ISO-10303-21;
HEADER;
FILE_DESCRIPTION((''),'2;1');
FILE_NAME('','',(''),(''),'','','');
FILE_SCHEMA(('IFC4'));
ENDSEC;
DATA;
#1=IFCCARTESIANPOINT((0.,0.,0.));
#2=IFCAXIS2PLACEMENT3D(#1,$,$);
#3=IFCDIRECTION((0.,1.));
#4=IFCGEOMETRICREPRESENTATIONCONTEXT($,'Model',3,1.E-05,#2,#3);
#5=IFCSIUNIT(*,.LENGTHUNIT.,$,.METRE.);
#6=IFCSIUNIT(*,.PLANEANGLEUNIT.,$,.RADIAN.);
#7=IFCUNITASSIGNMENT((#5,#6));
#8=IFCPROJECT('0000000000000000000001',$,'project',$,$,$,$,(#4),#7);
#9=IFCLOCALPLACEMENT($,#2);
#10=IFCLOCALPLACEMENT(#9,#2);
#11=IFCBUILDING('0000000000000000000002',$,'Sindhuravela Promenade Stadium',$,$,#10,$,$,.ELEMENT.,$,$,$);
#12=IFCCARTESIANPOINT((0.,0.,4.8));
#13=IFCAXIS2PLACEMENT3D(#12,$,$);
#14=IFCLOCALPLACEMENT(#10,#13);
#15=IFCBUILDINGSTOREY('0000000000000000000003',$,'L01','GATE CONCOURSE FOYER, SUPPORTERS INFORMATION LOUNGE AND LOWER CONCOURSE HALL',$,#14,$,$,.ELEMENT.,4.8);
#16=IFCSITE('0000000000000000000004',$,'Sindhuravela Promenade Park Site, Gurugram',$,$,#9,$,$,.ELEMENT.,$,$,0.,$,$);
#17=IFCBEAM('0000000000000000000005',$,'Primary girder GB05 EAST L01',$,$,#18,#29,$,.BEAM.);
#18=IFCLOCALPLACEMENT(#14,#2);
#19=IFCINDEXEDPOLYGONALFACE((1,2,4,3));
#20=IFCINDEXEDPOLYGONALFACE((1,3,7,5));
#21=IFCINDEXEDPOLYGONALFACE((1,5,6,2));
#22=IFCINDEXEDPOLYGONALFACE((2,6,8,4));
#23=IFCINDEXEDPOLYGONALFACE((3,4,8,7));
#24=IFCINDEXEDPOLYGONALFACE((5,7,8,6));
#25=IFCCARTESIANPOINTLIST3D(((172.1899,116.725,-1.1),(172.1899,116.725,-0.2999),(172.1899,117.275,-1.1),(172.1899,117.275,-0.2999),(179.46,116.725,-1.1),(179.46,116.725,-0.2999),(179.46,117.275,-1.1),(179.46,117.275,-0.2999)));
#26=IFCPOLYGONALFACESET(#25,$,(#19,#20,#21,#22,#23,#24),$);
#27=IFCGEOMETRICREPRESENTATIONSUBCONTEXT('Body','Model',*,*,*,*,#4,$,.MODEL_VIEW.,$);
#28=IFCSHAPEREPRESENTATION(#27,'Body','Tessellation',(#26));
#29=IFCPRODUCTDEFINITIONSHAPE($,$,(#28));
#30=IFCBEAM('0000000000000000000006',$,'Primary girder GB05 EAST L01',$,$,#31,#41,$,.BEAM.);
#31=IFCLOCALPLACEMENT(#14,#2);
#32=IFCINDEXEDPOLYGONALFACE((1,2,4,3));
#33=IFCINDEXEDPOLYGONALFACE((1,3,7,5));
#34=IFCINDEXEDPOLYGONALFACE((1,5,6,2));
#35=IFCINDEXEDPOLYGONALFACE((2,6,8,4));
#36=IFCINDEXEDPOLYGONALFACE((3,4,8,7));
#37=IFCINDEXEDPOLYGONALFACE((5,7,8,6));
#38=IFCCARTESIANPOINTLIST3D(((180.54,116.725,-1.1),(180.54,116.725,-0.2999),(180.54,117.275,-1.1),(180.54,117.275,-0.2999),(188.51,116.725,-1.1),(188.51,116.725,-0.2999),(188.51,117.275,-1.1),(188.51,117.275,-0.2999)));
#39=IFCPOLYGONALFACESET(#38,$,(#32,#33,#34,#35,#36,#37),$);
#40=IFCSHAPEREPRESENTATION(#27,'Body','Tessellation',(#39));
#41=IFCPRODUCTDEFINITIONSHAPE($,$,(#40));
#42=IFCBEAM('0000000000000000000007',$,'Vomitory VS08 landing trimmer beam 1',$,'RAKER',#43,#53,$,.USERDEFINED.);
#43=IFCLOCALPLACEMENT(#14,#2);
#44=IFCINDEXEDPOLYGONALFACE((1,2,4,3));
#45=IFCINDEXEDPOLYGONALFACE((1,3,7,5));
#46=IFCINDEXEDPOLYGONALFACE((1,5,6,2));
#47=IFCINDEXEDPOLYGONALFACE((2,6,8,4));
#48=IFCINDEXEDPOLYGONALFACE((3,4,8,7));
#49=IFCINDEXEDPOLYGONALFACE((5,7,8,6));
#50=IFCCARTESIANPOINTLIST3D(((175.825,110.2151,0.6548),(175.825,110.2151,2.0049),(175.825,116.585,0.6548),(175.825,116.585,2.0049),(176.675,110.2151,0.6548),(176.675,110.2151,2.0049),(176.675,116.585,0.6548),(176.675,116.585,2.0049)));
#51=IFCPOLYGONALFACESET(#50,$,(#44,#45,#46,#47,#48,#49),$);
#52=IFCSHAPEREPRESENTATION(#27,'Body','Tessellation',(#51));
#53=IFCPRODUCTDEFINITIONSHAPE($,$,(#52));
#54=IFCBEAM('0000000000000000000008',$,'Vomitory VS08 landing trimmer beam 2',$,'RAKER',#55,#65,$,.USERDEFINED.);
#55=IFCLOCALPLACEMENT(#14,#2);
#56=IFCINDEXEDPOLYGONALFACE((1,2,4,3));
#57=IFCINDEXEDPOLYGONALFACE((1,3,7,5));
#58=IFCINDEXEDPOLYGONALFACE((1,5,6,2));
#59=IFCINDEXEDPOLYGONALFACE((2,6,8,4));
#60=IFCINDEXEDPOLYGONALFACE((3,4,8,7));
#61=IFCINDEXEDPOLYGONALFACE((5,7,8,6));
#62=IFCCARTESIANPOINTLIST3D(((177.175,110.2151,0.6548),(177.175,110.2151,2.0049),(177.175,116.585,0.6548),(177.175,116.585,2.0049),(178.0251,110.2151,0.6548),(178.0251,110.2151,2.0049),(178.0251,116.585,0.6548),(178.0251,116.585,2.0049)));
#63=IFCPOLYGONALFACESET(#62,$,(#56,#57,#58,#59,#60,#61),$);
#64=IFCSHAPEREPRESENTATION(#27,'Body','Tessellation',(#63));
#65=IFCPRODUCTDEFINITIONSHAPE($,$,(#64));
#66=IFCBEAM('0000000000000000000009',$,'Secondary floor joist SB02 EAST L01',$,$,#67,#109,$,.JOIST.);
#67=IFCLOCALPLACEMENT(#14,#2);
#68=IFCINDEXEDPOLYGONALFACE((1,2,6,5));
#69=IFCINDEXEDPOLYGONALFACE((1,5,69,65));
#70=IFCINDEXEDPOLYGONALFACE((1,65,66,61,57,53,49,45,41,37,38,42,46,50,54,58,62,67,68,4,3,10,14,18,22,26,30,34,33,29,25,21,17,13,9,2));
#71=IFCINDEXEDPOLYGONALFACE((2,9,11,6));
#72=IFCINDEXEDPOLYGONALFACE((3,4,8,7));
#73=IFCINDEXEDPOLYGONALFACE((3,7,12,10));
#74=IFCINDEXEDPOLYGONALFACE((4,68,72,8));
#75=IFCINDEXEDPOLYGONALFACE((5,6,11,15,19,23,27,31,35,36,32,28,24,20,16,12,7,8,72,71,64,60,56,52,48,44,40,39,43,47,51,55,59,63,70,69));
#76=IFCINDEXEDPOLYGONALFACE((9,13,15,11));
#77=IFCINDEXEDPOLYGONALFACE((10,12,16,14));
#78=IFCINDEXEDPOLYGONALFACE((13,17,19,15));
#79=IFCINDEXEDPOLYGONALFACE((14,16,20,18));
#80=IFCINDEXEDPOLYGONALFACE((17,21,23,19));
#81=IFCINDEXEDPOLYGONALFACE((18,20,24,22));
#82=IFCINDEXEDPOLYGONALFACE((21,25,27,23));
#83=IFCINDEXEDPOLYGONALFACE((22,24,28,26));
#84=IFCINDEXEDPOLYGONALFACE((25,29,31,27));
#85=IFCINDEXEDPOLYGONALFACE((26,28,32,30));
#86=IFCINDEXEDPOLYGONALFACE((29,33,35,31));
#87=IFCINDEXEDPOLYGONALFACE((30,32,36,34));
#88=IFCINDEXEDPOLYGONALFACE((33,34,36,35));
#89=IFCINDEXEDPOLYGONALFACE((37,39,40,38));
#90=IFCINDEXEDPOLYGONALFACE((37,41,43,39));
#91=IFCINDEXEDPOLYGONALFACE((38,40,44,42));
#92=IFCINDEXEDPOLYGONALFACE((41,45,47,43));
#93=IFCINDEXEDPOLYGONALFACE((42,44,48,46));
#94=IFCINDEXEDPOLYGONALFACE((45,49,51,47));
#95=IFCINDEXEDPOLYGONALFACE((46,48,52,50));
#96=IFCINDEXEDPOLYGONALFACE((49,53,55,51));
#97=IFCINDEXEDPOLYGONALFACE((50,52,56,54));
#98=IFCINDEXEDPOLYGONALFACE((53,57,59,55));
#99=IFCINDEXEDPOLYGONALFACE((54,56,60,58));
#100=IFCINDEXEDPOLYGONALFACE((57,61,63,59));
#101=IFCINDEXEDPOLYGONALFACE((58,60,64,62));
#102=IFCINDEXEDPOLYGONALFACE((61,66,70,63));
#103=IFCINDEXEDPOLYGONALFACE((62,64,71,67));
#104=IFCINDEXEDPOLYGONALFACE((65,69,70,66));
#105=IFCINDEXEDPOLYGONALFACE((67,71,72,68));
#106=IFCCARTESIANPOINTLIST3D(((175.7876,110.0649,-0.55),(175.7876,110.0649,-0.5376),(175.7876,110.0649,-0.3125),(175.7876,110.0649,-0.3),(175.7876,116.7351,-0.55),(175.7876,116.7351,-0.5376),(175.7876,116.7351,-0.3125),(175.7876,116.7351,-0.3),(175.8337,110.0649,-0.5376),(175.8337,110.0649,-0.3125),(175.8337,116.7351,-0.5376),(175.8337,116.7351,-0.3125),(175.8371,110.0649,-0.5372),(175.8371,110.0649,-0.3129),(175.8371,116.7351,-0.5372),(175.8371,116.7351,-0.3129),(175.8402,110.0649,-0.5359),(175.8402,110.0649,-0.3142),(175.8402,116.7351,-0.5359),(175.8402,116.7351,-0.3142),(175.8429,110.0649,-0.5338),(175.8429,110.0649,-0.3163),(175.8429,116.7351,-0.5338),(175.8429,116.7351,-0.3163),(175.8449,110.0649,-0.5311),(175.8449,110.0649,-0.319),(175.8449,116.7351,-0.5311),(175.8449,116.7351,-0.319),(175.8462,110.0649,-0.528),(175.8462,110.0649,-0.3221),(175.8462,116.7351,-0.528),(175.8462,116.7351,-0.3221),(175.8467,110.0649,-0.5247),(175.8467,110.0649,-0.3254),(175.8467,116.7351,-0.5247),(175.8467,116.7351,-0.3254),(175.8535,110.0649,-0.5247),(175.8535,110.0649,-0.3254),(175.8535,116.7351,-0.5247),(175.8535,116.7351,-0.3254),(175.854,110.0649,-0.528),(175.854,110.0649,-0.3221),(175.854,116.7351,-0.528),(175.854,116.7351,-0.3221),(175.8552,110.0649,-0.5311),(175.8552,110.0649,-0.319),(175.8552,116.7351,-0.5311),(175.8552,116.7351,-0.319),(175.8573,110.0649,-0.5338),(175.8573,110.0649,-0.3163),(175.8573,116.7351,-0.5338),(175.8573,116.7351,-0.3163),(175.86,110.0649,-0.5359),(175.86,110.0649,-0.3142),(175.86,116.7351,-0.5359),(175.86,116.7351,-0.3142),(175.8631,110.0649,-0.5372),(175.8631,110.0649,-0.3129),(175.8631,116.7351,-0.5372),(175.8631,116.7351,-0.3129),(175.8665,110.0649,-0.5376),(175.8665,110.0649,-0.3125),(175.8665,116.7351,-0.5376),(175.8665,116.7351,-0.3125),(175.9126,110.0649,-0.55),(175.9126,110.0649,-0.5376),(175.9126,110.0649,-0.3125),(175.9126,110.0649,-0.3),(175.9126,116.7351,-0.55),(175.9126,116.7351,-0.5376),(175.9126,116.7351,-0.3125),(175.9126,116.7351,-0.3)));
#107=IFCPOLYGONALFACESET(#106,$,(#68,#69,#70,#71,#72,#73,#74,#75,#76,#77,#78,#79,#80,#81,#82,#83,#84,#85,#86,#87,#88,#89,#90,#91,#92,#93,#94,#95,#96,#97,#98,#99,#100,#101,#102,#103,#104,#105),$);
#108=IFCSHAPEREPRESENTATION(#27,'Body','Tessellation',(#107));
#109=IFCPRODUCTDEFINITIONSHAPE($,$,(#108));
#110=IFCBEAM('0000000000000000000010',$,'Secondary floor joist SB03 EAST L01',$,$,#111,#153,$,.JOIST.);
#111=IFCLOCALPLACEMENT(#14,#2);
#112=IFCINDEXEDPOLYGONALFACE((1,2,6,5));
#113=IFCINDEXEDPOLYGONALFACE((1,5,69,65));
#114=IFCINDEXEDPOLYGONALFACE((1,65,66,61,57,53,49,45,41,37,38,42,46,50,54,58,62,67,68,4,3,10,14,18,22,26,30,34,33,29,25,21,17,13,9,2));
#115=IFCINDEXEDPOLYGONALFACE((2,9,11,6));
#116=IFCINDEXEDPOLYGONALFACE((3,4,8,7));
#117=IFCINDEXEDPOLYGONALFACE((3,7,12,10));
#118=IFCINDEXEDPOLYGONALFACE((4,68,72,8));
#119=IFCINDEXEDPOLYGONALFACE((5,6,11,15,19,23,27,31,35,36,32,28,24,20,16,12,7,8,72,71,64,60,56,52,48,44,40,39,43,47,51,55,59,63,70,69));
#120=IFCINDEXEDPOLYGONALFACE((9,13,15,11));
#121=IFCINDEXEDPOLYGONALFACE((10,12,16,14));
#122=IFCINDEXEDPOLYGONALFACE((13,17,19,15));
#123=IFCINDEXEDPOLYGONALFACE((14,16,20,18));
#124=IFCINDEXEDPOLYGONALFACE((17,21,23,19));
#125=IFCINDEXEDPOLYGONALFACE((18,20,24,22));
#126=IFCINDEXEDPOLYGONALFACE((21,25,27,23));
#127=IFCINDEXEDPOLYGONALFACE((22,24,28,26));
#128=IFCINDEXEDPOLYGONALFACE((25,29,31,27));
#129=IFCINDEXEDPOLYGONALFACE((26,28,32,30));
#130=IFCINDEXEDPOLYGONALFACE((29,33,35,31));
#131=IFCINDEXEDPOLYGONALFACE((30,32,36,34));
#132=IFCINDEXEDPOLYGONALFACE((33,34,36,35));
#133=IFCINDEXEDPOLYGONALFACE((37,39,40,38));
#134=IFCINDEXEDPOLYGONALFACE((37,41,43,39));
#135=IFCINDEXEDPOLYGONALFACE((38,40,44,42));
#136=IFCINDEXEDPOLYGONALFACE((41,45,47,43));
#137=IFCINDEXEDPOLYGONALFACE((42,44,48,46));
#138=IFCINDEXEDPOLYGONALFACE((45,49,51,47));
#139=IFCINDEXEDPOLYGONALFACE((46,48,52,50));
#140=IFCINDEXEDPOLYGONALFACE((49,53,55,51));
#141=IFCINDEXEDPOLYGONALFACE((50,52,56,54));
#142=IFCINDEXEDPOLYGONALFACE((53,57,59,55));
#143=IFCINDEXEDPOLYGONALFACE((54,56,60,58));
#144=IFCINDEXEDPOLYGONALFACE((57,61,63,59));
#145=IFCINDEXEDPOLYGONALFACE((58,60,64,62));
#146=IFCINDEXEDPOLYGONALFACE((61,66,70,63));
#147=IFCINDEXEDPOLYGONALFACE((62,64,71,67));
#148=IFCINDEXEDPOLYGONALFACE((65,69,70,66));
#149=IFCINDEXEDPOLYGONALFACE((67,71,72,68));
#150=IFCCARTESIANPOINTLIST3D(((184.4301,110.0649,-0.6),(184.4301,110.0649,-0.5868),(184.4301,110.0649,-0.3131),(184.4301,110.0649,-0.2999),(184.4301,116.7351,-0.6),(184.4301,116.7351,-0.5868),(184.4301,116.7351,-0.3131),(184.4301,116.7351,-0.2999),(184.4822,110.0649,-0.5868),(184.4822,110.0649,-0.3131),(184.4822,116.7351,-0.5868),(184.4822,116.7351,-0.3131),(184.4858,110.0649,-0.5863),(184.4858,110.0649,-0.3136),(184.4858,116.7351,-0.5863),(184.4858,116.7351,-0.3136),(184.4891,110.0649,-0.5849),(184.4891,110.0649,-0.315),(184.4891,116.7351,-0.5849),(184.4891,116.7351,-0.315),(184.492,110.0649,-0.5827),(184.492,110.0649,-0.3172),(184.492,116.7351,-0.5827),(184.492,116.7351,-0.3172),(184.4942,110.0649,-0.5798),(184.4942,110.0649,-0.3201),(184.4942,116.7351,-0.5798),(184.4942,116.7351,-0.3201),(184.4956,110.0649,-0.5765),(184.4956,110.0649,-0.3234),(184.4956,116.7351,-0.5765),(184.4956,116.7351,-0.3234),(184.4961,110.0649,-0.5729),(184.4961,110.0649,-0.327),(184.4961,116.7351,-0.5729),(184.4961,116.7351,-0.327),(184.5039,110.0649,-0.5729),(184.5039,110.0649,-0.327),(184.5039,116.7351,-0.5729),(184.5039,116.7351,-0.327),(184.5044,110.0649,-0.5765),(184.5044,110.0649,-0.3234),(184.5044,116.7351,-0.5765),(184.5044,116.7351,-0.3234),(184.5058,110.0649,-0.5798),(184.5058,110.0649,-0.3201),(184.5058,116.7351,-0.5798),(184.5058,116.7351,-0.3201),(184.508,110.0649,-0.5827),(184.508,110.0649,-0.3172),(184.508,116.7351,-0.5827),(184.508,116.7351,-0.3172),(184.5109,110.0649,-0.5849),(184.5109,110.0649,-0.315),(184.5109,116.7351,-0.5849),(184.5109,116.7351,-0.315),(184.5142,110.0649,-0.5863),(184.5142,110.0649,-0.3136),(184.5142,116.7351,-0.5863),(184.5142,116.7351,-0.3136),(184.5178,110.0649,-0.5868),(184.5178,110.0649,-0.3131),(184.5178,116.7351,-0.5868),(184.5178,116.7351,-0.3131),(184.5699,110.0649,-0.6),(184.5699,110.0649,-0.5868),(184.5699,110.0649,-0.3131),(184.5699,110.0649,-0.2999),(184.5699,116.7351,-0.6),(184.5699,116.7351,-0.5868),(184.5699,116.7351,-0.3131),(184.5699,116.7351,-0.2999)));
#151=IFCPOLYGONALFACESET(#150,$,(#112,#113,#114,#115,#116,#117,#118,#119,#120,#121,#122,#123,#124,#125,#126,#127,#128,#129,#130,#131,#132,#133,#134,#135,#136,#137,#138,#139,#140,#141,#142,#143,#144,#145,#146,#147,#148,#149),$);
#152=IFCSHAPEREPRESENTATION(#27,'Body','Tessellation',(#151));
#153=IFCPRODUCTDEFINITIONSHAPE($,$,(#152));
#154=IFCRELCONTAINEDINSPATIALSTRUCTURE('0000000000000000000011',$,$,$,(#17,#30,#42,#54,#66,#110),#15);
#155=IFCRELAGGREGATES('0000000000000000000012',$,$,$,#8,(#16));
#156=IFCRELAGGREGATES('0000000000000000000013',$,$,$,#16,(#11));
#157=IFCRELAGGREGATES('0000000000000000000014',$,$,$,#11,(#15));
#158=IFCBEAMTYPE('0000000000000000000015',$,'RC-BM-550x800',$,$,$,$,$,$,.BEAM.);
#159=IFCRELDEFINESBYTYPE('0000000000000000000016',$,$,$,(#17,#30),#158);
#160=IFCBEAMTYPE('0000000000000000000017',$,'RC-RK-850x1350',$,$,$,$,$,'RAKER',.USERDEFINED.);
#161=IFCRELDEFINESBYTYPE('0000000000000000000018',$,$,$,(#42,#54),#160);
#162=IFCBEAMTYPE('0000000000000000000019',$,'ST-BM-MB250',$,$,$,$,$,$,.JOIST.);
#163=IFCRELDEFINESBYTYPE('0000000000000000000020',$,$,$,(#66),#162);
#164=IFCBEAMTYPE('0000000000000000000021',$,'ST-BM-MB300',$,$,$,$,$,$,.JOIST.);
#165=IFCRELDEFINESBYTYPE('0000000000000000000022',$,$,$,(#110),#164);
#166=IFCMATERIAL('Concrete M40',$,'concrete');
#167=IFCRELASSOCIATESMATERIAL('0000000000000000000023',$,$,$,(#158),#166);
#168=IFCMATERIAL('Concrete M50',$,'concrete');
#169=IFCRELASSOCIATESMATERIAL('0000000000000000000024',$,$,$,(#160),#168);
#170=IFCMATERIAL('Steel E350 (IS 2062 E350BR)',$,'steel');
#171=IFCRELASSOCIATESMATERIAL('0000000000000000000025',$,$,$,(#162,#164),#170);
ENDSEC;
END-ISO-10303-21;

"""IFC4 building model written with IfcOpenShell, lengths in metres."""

from ifc_helpers import new_model, si_unit, direction, frame, origin, origin_2d, place, context, subcontext, project, spatial, rectangle, i_section, extrude, material, material_profile, profile_set, type_object, element, save


model = new_model("IFC4")

# Units and contexts
model_context = context("Model", 3, precision=1e-05, world=origin(), true_north=direction((0.0, 1.0)))
body_context = subcontext(model_context, "Body", "Model", "MODEL_VIEW")
ifc_project = project(units=[si_unit("LENGTHUNIT", "METRE"), si_unit("PLANEANGLEUNIT", "RADIAN")], contexts=[model_context])

# Site, building, storey
site_placement = place(None, origin())
site = spatial("IfcSite", under=ifc_project, at=site_placement, Name="Sindhuravela Promenade Park Site, Gurugram", CompositionType="ELEMENT", RefElevation=0.0)
building_placement = place(site_placement, origin())
building = spatial("IfcBuilding", under=site, at=building_placement, Name="Sindhuravela Promenade Stadium", CompositionType="ELEMENT")
storey_placement = place(building_placement, frame((0.0, 0.0, 4.8)))
storey = spatial("IfcBuildingStorey", under=building, at=storey_placement, Name="L01", Description="GATE CONCOURSE FOYER, SUPPORTERS INFORMATION LOUNGE AND LOWER CONCOURSE HALL", CompositionType="ELEMENT", Elevation=4.8)

# Shared definitions
ifc_material_1 = material(Name="Concrete M50", Category="concrete")
ifc_material_2 = material(Name="Concrete M40", Category="concrete")

# Beams
ifc_material_profile_1 = material_profile(ifc_material_2, rectangle(XDim=0.55, YDim=0.8, at=origin_2d()), Name="RC 550x800")
ifc_profile_set_1 = profile_set([ifc_material_profile_1], Name="Concrete M40")
beam_type_1 = type_object("IfcBeamType", Name="RC-BM-550x800", PredefinedType="BEAM", material=ifc_profile_set_1)
beam_1_placement = place(storey_placement, frame((172.1899, 117.0, -0.7), z_axis=(1.0, 0.0, 0.0), x_axis=(0.0, 1.0, 0.0)))
element("IfcBeam", 1, at=beam_1_placement, inside=storey, type_object=beam_type_1, Name="Primary girder GB05 EAST L01", PredefinedType="BEAM", context=body_context, shape_type="SweptSolid", body=[
    extrude(rectangle(XDim=0.55, YDim=0.8, at=origin_2d()), origin(), (0.0, 0.0, 1.0), 7.27),
])
beam_2_placement = place(storey_placement, frame((180.54, 117.0, -0.7), z_axis=(1.0, 0.0, 0.0), x_axis=(0.0, 1.0, 0.0)))
element("IfcBeam", 2, at=beam_2_placement, inside=storey, type_object=beam_type_1, Name="Primary girder GB05 EAST L01", PredefinedType="BEAM", context=body_context, shape_type="SweptSolid", body=[
    extrude(rectangle(XDim=0.55, YDim=0.8, at=origin_2d()), origin(), (0.0, 0.0, 1.0), 7.97),
])
ifc_material_profile_2 = material_profile(ifc_material_1, rectangle(XDim=0.8501, YDim=1.3501, at=origin_2d()), Name="RC 850x1350")
ifc_profile_set_2 = profile_set([ifc_material_profile_2], Name="Concrete M50")
beam_type_2 = type_object("IfcBeamType", Name="RC-RK-850x1350", ElementType="RAKER", PredefinedType="USERDEFINED", material=ifc_profile_set_2)
for number, where, z_axis, x_axis, name in (
    (3, (176.25, 110.2151, 1.3298), (0.0, 1.0, 0.0), (-1.0, 0.0, 0.0), "Vomitory VS08 landing trimmer beam 1"),
    (4, (177.6001, 110.2151, 1.3298), (0.0, 1.0, 0.0), (-1.0, 0.0, 0.0), "Vomitory VS08 landing trimmer beam 2"),
):
    element("IfcBeam", number, at=place(storey_placement, frame(where, z_axis=z_axis, x_axis=x_axis)), inside=storey, type_object=beam_type_2, Name=name, ObjectType="RAKER", PredefinedType="USERDEFINED", context=body_context, shape_type="SweptSolid", body=[
        extrude(rectangle(XDim=0.8501, YDim=1.3501, at=origin_2d()), origin(), (0.0, 0.0, 1.0), 6.3699),
    ])
ifc_material_3 = material(Name="Steel E350 (IS 2062 E350BR)", Category="steel")
ifc_material_profile_3 = material_profile(ifc_material_3, i_section(OverallWidth=0.125, OverallDepth=0.25, WebThickness=0.0068, FlangeThickness=0.0125, FilletRadius=0.0129, at=origin_2d()), Name="ISMB 250")
ifc_profile_set_3 = profile_set([ifc_material_profile_3], Name="Steel E350 (IS 2062 E350BR)")
beam_type_3 = type_object("IfcBeamType", Name="ST-BM-MB250", PredefinedType="JOIST", material=ifc_profile_set_3)
beam_3_placement = place(storey_placement, frame((175.8501, 110.0649, -0.425), z_axis=(0.0, 1.0, 0.0), x_axis=(-1.0, 0.0, 0.0)))
element("IfcBeam", 5, at=beam_3_placement, inside=storey, type_object=beam_type_3, Name="Secondary floor joist SB02 EAST L01", PredefinedType="JOIST", context=body_context, shape_type="SweptSolid", body=[
    extrude(i_section(OverallWidth=0.125, OverallDepth=0.25, WebThickness=0.0068, FlangeThickness=0.0125, FilletRadius=0.0129, at=origin_2d()), origin(), (0.0, 0.0, 1.0), 6.6702),
])
ifc_material_profile_4 = material_profile(ifc_material_3, i_section(OverallWidth=0.1399, OverallDepth=0.3, WebThickness=0.0078, FlangeThickness=0.0132, FilletRadius=0.0139, at=origin_2d()), Name="ISMB 300")
ifc_profile_set_4 = profile_set([ifc_material_profile_4], Name="Steel E350 (IS 2062 E350BR)")
beam_type_4 = type_object("IfcBeamType", Name="ST-BM-MB300", PredefinedType="JOIST", material=ifc_profile_set_4)
beam_4_placement = place(storey_placement, frame((184.5, 110.0649, -0.45), z_axis=(0.0, 1.0, 0.0), x_axis=(-1.0, 0.0, 0.0)))
element("IfcBeam", 6, at=beam_4_placement, inside=storey, type_object=beam_type_4, Name="Secondary floor joist SB03 EAST L01", PredefinedType="JOIST", context=body_context, shape_type="SweptSolid", body=[
    extrude(i_section(OverallWidth=0.1399, OverallDepth=0.3, WebThickness=0.0078, FlangeThickness=0.0132, FilletRadius=0.0139, at=origin_2d()), origin(), (0.0, 0.0, 1.0), 6.6702),
])

save(model, "model.ifc")
